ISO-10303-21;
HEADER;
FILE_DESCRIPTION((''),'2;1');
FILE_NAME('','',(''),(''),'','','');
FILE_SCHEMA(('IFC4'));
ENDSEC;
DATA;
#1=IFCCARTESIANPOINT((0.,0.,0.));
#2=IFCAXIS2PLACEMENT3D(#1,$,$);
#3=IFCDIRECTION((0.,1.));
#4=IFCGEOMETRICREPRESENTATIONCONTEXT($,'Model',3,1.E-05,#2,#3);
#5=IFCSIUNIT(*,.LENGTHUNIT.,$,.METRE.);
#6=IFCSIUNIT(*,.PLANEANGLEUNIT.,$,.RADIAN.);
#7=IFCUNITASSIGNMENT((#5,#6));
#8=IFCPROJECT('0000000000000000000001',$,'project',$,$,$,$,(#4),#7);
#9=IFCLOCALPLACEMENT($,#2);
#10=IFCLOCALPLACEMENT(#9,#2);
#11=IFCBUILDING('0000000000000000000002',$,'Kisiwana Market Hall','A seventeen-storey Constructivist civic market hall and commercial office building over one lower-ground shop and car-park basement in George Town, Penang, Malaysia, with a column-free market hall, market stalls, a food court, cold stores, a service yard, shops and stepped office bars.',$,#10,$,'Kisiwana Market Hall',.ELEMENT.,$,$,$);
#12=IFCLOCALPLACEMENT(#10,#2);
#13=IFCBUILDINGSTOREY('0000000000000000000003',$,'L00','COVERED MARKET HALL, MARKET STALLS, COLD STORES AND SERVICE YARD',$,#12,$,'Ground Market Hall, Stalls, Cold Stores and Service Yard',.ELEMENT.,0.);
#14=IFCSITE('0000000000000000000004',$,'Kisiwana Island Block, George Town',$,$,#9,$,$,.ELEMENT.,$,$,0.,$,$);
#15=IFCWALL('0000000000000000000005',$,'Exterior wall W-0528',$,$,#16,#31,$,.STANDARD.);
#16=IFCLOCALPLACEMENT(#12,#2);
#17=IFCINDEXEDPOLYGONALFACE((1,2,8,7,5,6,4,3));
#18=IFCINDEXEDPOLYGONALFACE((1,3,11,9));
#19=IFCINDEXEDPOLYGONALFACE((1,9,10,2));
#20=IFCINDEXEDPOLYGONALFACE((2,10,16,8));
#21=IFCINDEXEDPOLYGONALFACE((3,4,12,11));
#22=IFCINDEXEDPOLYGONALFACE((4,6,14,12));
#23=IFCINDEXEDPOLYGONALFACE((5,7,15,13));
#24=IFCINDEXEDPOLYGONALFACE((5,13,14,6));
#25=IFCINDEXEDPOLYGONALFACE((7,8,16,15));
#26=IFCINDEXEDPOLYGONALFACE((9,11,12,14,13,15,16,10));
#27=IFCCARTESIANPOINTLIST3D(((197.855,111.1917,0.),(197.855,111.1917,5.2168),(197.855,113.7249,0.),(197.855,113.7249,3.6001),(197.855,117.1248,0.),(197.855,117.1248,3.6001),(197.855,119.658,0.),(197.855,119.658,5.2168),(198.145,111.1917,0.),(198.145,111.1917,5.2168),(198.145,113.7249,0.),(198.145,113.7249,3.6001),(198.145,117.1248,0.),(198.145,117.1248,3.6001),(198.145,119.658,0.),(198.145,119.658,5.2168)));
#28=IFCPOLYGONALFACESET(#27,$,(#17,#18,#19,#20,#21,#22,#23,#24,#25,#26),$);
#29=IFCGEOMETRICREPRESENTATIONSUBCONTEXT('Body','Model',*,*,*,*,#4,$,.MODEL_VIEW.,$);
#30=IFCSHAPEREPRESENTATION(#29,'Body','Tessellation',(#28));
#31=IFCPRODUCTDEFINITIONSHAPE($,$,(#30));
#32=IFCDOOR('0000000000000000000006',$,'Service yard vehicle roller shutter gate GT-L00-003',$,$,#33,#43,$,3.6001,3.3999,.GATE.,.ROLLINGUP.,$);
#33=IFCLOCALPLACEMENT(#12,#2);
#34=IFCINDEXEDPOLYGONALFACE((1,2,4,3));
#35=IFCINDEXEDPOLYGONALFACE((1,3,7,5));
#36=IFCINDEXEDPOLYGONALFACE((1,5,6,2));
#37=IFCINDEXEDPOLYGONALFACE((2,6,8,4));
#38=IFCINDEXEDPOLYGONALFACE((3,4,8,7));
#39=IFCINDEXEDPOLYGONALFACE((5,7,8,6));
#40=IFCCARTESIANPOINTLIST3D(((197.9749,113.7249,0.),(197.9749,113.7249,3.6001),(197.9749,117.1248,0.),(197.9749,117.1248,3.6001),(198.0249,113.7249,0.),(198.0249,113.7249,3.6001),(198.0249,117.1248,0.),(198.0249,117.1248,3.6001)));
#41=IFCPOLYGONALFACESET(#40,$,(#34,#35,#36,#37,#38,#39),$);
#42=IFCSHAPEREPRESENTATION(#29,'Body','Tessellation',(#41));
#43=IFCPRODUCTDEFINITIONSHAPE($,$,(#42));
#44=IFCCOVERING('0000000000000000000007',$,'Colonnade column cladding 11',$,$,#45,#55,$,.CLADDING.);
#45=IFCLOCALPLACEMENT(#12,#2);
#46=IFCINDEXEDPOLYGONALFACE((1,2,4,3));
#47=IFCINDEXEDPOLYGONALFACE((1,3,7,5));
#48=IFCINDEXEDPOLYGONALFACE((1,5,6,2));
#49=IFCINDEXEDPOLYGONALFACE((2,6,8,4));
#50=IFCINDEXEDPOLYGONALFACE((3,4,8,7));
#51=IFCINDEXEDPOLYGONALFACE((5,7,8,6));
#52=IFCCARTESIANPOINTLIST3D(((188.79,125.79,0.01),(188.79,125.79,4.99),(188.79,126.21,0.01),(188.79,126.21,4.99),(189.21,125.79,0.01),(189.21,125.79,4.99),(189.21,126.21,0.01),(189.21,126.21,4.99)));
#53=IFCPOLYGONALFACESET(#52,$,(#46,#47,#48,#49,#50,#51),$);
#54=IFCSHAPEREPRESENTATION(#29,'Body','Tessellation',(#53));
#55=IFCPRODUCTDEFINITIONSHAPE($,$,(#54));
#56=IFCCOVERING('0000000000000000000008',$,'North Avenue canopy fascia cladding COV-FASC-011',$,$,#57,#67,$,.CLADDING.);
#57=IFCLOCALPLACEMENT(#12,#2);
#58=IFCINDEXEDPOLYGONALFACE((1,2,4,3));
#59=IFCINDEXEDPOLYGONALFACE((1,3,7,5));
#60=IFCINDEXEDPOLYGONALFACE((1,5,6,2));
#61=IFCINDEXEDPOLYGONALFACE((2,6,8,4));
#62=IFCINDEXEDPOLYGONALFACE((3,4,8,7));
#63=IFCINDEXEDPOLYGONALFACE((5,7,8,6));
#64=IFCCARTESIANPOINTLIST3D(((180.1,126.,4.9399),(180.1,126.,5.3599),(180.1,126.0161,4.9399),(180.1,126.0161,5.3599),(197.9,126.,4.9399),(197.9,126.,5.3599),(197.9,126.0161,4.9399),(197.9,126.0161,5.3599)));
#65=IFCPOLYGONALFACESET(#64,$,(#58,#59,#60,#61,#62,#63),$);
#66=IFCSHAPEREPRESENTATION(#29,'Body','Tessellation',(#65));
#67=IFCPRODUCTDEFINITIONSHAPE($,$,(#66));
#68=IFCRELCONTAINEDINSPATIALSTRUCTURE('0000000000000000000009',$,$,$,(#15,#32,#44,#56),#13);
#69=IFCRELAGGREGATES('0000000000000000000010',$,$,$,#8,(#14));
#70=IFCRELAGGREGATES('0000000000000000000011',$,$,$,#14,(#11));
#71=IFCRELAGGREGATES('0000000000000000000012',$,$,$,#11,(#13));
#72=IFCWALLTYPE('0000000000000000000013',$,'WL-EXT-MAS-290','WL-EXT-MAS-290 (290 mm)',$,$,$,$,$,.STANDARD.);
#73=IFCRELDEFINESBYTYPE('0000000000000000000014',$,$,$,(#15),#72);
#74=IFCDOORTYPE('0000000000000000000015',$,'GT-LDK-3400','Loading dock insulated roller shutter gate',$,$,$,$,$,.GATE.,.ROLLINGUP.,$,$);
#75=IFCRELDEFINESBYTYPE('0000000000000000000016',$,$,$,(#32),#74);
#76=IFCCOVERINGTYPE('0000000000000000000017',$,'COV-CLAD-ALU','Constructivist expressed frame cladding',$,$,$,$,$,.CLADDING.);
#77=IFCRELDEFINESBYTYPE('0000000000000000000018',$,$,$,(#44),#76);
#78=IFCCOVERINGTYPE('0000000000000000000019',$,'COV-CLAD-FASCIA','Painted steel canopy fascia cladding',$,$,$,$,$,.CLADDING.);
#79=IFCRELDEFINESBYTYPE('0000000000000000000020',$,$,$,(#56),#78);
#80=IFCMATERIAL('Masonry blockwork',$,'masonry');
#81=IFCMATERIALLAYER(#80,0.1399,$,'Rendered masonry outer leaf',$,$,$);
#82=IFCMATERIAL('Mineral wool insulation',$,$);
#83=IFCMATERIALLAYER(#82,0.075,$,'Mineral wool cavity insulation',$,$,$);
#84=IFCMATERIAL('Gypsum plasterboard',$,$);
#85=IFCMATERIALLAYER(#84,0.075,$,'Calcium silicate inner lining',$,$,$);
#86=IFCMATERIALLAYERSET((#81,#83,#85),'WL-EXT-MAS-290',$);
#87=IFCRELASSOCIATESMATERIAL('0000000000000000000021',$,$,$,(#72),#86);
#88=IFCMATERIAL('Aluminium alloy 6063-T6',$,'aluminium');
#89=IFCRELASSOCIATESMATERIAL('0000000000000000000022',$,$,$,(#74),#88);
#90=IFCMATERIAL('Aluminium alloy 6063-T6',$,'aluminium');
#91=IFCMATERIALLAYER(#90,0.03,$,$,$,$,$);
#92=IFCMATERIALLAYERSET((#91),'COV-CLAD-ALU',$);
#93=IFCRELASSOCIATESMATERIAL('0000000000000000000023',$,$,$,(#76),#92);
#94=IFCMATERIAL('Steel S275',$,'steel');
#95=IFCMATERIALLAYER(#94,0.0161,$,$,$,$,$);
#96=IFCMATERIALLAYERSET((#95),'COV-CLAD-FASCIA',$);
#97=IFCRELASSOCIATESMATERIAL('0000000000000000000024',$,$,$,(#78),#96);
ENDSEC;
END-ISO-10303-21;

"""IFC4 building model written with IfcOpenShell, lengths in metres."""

from ifc_helpers import new_model, si_unit, direction, frame, frame_2d, origin, origin_2d, place, context, subcontext, project, spatial, rectangle, extrude, material, layer, layer_set, type_object, element, fill, save


model = new_model("IFC4")

# Units and contexts
model_context = context("Model", 3, precision=1e-05, world=origin(), true_north=direction((0.0, 1.0)))
body_context = subcontext(model_context, "Body", "Model", "MODEL_VIEW")
ifc_project = project(units=[si_unit("LENGTHUNIT", "METRE"), si_unit("PLANEANGLEUNIT", "RADIAN")], contexts=[model_context])

# Site, building, storey
site_placement = place(None, origin())
site = spatial("IfcSite", under=ifc_project, at=site_placement, Name="Kisiwana Island Block, George Town", CompositionType="ELEMENT", RefElevation=0.0)
building_placement = place(site_placement, origin())
building = spatial("IfcBuilding", under=site, at=building_placement, Name="Kisiwana Market Hall", Description="A seventeen-storey Constructivist civic market hall and commercial office building over one lower-ground shop and car-park basement in George Town, Penang, Malaysia, with a column-free market hall, market stalls, a food court, cold stores, a service yard, shops and stepped office bars.", LongName="Kisiwana Market Hall", CompositionType="ELEMENT")
storey_placement = place(building_placement, origin())
storey = spatial("IfcBuildingStorey", under=building, at=storey_placement, Name="L00", Description="COVERED MARKET HALL, MARKET STALLS, COLD STORES AND SERVICE YARD", LongName="Ground Market Hall, Stalls, Cold Stores and Service Yard", CompositionType="ELEMENT", Elevation=0.0)

# Shared definitions
ifc_material_1 = material(Name="Masonry blockwork", Category="masonry")
ifc_layer_1 = layer(ifc_material_1, 0.1399, Name="Rendered masonry outer leaf")
ifc_material_2 = material(Name="Mineral wool insulation")
ifc_layer_2 = layer(ifc_material_2, 0.075, Name="Mineral wool cavity insulation")
ifc_material_3 = material(Name="Gypsum plasterboard")
ifc_layer_3 = layer(ifc_material_3, 0.075, Name="Calcium silicate inner lining")
ifc_layer_set_1 = layer_set([ifc_layer_1, ifc_layer_2, ifc_layer_3], Name="WL-EXT-MAS-290")
wall_type = type_object("IfcWallType", Name="WL-EXT-MAS-290", Description="WL-EXT-MAS-290 (290 mm)", PredefinedType="STANDARD", material=ifc_layer_set_1)

# Wall, opening, door
wall_1_placement = place(storey_placement, frame((198.0, 111.1917, 0.0), z_axis=(0.0, 0.0, 1.0), x_axis=(0.0, 1.0, 0.0)))
wall_1 = element("IfcWall", 1, at=wall_1_placement, inside=storey, type_object=wall_type, Name="Exterior wall W-0528", PredefinedType="STANDARD", context=body_context, shape_type="SweptSolid", body=[
    extrude(rectangle(XDim=8.4663, YDim=0.29, at=frame_2d((4.2332, 0.0))), origin(), (0.0, 0.0, 1.0), 5.2168),
])
opening_1_placement = place(wall_1_placement, frame((2.5332, 0.0, 0.0)))
opening_1 = element("IfcOpeningElement", 2, at=opening_1_placement, cuts=wall_1, PredefinedType="OPENING", context=body_context, shape_type="SweptSolid", body=[
    extrude(rectangle(XDim=3.3999, YDim=3.6001, at=frame_2d((1.7, 1.8))), frame((0.0, 0.157, 0.0), z_axis=(0.0, -1.0, 0.0), x_axis=(1.0, 0.0, 0.0)), (0.0, 0.0, 1.0), 0.314),
])
ifc_material_4 = material(Name="Aluminium alloy 6063-T6", Category="aluminium")
door_type_1 = type_object("IfcDoorType", Name="GT-LDK-3400", Description="Loading dock insulated roller shutter gate", OperationType="ROLLINGUP", PredefinedType="GATE", material=ifc_material_4)
door_1_placement = place(opening_1_placement, frame((3.3999, 0.0, 0.0), z_axis=(0.0, 0.0, 1.0), x_axis=(-1.0, 0.0, 0.0)))
door_1 = element("IfcDoor", 3, at=door_1_placement, inside=storey, type_object=door_type_1, Name="Service yard vehicle roller shutter gate GT-L00-003", OperationType="ROLLINGUP", OverallHeight=3.6001, OverallWidth=3.3999, PredefinedType="GATE", context=body_context, shape_type="SweptSolid", body=[
    extrude(rectangle(XDim=3.3999, YDim=3.6001, at=frame_2d((1.7, 1.8))), frame((0.0, 0.0249, 0.0), z_axis=(0.0, -1.0, 0.0), x_axis=(1.0, 0.0, 0.0)), (0.0, 0.0, 1.0), 0.05),
])
fill(opening_1, door_1)

# Coverings
ifc_material_5 = material(Name="Aluminium alloy 6063-T6", Category="aluminium")
ifc_layer_4 = layer(ifc_material_5, 0.03)
ifc_layer_set_2 = layer_set([ifc_layer_4], Name="COV-CLAD-ALU")
covering_type_1 = type_object("IfcCoveringType", Name="COV-CLAD-ALU", Description="Constructivist expressed frame cladding", PredefinedType="CLADDING", material=ifc_layer_set_2)
covering_1_placement = place(storey_placement, frame((189.0, 126.0, 0.01), z_axis=(0.0, 0.0, 1.0), x_axis=(1.0, 0.0, 0.0)))
element("IfcCovering", 4, at=covering_1_placement, inside=storey, type_object=covering_type_1, Name="Colonnade column cladding 11", PredefinedType="CLADDING", context=body_context, shape_type="SweptSolid", body=[
    extrude(rectangle(XDim=0.4199, YDim=0.4199, at=origin_2d()), origin(), (0.0, 0.0, 1.0), 4.98),
])
ifc_material_6 = material(Name="Steel S275", Category="steel")
ifc_layer_5 = layer(ifc_material_6, 0.0161)
ifc_layer_set_3 = layer_set([ifc_layer_5], Name="COV-CLAD-FASCIA")
covering_type_2 = type_object("IfcCoveringType", Name="COV-CLAD-FASCIA", Description="Painted steel canopy fascia cladding", PredefinedType="CLADDING", material=ifc_layer_set_3)
covering_2_placement = place(storey_placement, frame((189.0, 126.0081, 4.9399), z_axis=(0.0, 0.0, 1.0), x_axis=(1.0, 0.0, 0.0)))
element("IfcCovering", 5, at=covering_2_placement, inside=storey, type_object=covering_type_2, Name="North Avenue canopy fascia cladding COV-FASC-011", PredefinedType="CLADDING", context=body_context, shape_type="SweptSolid", body=[
    extrude(rectangle(XDim=17.8, YDim=0.0161, at=origin_2d()), origin(), (0.0, 0.0, 1.0), 0.4199),
])

save(model, "model.ifc")
